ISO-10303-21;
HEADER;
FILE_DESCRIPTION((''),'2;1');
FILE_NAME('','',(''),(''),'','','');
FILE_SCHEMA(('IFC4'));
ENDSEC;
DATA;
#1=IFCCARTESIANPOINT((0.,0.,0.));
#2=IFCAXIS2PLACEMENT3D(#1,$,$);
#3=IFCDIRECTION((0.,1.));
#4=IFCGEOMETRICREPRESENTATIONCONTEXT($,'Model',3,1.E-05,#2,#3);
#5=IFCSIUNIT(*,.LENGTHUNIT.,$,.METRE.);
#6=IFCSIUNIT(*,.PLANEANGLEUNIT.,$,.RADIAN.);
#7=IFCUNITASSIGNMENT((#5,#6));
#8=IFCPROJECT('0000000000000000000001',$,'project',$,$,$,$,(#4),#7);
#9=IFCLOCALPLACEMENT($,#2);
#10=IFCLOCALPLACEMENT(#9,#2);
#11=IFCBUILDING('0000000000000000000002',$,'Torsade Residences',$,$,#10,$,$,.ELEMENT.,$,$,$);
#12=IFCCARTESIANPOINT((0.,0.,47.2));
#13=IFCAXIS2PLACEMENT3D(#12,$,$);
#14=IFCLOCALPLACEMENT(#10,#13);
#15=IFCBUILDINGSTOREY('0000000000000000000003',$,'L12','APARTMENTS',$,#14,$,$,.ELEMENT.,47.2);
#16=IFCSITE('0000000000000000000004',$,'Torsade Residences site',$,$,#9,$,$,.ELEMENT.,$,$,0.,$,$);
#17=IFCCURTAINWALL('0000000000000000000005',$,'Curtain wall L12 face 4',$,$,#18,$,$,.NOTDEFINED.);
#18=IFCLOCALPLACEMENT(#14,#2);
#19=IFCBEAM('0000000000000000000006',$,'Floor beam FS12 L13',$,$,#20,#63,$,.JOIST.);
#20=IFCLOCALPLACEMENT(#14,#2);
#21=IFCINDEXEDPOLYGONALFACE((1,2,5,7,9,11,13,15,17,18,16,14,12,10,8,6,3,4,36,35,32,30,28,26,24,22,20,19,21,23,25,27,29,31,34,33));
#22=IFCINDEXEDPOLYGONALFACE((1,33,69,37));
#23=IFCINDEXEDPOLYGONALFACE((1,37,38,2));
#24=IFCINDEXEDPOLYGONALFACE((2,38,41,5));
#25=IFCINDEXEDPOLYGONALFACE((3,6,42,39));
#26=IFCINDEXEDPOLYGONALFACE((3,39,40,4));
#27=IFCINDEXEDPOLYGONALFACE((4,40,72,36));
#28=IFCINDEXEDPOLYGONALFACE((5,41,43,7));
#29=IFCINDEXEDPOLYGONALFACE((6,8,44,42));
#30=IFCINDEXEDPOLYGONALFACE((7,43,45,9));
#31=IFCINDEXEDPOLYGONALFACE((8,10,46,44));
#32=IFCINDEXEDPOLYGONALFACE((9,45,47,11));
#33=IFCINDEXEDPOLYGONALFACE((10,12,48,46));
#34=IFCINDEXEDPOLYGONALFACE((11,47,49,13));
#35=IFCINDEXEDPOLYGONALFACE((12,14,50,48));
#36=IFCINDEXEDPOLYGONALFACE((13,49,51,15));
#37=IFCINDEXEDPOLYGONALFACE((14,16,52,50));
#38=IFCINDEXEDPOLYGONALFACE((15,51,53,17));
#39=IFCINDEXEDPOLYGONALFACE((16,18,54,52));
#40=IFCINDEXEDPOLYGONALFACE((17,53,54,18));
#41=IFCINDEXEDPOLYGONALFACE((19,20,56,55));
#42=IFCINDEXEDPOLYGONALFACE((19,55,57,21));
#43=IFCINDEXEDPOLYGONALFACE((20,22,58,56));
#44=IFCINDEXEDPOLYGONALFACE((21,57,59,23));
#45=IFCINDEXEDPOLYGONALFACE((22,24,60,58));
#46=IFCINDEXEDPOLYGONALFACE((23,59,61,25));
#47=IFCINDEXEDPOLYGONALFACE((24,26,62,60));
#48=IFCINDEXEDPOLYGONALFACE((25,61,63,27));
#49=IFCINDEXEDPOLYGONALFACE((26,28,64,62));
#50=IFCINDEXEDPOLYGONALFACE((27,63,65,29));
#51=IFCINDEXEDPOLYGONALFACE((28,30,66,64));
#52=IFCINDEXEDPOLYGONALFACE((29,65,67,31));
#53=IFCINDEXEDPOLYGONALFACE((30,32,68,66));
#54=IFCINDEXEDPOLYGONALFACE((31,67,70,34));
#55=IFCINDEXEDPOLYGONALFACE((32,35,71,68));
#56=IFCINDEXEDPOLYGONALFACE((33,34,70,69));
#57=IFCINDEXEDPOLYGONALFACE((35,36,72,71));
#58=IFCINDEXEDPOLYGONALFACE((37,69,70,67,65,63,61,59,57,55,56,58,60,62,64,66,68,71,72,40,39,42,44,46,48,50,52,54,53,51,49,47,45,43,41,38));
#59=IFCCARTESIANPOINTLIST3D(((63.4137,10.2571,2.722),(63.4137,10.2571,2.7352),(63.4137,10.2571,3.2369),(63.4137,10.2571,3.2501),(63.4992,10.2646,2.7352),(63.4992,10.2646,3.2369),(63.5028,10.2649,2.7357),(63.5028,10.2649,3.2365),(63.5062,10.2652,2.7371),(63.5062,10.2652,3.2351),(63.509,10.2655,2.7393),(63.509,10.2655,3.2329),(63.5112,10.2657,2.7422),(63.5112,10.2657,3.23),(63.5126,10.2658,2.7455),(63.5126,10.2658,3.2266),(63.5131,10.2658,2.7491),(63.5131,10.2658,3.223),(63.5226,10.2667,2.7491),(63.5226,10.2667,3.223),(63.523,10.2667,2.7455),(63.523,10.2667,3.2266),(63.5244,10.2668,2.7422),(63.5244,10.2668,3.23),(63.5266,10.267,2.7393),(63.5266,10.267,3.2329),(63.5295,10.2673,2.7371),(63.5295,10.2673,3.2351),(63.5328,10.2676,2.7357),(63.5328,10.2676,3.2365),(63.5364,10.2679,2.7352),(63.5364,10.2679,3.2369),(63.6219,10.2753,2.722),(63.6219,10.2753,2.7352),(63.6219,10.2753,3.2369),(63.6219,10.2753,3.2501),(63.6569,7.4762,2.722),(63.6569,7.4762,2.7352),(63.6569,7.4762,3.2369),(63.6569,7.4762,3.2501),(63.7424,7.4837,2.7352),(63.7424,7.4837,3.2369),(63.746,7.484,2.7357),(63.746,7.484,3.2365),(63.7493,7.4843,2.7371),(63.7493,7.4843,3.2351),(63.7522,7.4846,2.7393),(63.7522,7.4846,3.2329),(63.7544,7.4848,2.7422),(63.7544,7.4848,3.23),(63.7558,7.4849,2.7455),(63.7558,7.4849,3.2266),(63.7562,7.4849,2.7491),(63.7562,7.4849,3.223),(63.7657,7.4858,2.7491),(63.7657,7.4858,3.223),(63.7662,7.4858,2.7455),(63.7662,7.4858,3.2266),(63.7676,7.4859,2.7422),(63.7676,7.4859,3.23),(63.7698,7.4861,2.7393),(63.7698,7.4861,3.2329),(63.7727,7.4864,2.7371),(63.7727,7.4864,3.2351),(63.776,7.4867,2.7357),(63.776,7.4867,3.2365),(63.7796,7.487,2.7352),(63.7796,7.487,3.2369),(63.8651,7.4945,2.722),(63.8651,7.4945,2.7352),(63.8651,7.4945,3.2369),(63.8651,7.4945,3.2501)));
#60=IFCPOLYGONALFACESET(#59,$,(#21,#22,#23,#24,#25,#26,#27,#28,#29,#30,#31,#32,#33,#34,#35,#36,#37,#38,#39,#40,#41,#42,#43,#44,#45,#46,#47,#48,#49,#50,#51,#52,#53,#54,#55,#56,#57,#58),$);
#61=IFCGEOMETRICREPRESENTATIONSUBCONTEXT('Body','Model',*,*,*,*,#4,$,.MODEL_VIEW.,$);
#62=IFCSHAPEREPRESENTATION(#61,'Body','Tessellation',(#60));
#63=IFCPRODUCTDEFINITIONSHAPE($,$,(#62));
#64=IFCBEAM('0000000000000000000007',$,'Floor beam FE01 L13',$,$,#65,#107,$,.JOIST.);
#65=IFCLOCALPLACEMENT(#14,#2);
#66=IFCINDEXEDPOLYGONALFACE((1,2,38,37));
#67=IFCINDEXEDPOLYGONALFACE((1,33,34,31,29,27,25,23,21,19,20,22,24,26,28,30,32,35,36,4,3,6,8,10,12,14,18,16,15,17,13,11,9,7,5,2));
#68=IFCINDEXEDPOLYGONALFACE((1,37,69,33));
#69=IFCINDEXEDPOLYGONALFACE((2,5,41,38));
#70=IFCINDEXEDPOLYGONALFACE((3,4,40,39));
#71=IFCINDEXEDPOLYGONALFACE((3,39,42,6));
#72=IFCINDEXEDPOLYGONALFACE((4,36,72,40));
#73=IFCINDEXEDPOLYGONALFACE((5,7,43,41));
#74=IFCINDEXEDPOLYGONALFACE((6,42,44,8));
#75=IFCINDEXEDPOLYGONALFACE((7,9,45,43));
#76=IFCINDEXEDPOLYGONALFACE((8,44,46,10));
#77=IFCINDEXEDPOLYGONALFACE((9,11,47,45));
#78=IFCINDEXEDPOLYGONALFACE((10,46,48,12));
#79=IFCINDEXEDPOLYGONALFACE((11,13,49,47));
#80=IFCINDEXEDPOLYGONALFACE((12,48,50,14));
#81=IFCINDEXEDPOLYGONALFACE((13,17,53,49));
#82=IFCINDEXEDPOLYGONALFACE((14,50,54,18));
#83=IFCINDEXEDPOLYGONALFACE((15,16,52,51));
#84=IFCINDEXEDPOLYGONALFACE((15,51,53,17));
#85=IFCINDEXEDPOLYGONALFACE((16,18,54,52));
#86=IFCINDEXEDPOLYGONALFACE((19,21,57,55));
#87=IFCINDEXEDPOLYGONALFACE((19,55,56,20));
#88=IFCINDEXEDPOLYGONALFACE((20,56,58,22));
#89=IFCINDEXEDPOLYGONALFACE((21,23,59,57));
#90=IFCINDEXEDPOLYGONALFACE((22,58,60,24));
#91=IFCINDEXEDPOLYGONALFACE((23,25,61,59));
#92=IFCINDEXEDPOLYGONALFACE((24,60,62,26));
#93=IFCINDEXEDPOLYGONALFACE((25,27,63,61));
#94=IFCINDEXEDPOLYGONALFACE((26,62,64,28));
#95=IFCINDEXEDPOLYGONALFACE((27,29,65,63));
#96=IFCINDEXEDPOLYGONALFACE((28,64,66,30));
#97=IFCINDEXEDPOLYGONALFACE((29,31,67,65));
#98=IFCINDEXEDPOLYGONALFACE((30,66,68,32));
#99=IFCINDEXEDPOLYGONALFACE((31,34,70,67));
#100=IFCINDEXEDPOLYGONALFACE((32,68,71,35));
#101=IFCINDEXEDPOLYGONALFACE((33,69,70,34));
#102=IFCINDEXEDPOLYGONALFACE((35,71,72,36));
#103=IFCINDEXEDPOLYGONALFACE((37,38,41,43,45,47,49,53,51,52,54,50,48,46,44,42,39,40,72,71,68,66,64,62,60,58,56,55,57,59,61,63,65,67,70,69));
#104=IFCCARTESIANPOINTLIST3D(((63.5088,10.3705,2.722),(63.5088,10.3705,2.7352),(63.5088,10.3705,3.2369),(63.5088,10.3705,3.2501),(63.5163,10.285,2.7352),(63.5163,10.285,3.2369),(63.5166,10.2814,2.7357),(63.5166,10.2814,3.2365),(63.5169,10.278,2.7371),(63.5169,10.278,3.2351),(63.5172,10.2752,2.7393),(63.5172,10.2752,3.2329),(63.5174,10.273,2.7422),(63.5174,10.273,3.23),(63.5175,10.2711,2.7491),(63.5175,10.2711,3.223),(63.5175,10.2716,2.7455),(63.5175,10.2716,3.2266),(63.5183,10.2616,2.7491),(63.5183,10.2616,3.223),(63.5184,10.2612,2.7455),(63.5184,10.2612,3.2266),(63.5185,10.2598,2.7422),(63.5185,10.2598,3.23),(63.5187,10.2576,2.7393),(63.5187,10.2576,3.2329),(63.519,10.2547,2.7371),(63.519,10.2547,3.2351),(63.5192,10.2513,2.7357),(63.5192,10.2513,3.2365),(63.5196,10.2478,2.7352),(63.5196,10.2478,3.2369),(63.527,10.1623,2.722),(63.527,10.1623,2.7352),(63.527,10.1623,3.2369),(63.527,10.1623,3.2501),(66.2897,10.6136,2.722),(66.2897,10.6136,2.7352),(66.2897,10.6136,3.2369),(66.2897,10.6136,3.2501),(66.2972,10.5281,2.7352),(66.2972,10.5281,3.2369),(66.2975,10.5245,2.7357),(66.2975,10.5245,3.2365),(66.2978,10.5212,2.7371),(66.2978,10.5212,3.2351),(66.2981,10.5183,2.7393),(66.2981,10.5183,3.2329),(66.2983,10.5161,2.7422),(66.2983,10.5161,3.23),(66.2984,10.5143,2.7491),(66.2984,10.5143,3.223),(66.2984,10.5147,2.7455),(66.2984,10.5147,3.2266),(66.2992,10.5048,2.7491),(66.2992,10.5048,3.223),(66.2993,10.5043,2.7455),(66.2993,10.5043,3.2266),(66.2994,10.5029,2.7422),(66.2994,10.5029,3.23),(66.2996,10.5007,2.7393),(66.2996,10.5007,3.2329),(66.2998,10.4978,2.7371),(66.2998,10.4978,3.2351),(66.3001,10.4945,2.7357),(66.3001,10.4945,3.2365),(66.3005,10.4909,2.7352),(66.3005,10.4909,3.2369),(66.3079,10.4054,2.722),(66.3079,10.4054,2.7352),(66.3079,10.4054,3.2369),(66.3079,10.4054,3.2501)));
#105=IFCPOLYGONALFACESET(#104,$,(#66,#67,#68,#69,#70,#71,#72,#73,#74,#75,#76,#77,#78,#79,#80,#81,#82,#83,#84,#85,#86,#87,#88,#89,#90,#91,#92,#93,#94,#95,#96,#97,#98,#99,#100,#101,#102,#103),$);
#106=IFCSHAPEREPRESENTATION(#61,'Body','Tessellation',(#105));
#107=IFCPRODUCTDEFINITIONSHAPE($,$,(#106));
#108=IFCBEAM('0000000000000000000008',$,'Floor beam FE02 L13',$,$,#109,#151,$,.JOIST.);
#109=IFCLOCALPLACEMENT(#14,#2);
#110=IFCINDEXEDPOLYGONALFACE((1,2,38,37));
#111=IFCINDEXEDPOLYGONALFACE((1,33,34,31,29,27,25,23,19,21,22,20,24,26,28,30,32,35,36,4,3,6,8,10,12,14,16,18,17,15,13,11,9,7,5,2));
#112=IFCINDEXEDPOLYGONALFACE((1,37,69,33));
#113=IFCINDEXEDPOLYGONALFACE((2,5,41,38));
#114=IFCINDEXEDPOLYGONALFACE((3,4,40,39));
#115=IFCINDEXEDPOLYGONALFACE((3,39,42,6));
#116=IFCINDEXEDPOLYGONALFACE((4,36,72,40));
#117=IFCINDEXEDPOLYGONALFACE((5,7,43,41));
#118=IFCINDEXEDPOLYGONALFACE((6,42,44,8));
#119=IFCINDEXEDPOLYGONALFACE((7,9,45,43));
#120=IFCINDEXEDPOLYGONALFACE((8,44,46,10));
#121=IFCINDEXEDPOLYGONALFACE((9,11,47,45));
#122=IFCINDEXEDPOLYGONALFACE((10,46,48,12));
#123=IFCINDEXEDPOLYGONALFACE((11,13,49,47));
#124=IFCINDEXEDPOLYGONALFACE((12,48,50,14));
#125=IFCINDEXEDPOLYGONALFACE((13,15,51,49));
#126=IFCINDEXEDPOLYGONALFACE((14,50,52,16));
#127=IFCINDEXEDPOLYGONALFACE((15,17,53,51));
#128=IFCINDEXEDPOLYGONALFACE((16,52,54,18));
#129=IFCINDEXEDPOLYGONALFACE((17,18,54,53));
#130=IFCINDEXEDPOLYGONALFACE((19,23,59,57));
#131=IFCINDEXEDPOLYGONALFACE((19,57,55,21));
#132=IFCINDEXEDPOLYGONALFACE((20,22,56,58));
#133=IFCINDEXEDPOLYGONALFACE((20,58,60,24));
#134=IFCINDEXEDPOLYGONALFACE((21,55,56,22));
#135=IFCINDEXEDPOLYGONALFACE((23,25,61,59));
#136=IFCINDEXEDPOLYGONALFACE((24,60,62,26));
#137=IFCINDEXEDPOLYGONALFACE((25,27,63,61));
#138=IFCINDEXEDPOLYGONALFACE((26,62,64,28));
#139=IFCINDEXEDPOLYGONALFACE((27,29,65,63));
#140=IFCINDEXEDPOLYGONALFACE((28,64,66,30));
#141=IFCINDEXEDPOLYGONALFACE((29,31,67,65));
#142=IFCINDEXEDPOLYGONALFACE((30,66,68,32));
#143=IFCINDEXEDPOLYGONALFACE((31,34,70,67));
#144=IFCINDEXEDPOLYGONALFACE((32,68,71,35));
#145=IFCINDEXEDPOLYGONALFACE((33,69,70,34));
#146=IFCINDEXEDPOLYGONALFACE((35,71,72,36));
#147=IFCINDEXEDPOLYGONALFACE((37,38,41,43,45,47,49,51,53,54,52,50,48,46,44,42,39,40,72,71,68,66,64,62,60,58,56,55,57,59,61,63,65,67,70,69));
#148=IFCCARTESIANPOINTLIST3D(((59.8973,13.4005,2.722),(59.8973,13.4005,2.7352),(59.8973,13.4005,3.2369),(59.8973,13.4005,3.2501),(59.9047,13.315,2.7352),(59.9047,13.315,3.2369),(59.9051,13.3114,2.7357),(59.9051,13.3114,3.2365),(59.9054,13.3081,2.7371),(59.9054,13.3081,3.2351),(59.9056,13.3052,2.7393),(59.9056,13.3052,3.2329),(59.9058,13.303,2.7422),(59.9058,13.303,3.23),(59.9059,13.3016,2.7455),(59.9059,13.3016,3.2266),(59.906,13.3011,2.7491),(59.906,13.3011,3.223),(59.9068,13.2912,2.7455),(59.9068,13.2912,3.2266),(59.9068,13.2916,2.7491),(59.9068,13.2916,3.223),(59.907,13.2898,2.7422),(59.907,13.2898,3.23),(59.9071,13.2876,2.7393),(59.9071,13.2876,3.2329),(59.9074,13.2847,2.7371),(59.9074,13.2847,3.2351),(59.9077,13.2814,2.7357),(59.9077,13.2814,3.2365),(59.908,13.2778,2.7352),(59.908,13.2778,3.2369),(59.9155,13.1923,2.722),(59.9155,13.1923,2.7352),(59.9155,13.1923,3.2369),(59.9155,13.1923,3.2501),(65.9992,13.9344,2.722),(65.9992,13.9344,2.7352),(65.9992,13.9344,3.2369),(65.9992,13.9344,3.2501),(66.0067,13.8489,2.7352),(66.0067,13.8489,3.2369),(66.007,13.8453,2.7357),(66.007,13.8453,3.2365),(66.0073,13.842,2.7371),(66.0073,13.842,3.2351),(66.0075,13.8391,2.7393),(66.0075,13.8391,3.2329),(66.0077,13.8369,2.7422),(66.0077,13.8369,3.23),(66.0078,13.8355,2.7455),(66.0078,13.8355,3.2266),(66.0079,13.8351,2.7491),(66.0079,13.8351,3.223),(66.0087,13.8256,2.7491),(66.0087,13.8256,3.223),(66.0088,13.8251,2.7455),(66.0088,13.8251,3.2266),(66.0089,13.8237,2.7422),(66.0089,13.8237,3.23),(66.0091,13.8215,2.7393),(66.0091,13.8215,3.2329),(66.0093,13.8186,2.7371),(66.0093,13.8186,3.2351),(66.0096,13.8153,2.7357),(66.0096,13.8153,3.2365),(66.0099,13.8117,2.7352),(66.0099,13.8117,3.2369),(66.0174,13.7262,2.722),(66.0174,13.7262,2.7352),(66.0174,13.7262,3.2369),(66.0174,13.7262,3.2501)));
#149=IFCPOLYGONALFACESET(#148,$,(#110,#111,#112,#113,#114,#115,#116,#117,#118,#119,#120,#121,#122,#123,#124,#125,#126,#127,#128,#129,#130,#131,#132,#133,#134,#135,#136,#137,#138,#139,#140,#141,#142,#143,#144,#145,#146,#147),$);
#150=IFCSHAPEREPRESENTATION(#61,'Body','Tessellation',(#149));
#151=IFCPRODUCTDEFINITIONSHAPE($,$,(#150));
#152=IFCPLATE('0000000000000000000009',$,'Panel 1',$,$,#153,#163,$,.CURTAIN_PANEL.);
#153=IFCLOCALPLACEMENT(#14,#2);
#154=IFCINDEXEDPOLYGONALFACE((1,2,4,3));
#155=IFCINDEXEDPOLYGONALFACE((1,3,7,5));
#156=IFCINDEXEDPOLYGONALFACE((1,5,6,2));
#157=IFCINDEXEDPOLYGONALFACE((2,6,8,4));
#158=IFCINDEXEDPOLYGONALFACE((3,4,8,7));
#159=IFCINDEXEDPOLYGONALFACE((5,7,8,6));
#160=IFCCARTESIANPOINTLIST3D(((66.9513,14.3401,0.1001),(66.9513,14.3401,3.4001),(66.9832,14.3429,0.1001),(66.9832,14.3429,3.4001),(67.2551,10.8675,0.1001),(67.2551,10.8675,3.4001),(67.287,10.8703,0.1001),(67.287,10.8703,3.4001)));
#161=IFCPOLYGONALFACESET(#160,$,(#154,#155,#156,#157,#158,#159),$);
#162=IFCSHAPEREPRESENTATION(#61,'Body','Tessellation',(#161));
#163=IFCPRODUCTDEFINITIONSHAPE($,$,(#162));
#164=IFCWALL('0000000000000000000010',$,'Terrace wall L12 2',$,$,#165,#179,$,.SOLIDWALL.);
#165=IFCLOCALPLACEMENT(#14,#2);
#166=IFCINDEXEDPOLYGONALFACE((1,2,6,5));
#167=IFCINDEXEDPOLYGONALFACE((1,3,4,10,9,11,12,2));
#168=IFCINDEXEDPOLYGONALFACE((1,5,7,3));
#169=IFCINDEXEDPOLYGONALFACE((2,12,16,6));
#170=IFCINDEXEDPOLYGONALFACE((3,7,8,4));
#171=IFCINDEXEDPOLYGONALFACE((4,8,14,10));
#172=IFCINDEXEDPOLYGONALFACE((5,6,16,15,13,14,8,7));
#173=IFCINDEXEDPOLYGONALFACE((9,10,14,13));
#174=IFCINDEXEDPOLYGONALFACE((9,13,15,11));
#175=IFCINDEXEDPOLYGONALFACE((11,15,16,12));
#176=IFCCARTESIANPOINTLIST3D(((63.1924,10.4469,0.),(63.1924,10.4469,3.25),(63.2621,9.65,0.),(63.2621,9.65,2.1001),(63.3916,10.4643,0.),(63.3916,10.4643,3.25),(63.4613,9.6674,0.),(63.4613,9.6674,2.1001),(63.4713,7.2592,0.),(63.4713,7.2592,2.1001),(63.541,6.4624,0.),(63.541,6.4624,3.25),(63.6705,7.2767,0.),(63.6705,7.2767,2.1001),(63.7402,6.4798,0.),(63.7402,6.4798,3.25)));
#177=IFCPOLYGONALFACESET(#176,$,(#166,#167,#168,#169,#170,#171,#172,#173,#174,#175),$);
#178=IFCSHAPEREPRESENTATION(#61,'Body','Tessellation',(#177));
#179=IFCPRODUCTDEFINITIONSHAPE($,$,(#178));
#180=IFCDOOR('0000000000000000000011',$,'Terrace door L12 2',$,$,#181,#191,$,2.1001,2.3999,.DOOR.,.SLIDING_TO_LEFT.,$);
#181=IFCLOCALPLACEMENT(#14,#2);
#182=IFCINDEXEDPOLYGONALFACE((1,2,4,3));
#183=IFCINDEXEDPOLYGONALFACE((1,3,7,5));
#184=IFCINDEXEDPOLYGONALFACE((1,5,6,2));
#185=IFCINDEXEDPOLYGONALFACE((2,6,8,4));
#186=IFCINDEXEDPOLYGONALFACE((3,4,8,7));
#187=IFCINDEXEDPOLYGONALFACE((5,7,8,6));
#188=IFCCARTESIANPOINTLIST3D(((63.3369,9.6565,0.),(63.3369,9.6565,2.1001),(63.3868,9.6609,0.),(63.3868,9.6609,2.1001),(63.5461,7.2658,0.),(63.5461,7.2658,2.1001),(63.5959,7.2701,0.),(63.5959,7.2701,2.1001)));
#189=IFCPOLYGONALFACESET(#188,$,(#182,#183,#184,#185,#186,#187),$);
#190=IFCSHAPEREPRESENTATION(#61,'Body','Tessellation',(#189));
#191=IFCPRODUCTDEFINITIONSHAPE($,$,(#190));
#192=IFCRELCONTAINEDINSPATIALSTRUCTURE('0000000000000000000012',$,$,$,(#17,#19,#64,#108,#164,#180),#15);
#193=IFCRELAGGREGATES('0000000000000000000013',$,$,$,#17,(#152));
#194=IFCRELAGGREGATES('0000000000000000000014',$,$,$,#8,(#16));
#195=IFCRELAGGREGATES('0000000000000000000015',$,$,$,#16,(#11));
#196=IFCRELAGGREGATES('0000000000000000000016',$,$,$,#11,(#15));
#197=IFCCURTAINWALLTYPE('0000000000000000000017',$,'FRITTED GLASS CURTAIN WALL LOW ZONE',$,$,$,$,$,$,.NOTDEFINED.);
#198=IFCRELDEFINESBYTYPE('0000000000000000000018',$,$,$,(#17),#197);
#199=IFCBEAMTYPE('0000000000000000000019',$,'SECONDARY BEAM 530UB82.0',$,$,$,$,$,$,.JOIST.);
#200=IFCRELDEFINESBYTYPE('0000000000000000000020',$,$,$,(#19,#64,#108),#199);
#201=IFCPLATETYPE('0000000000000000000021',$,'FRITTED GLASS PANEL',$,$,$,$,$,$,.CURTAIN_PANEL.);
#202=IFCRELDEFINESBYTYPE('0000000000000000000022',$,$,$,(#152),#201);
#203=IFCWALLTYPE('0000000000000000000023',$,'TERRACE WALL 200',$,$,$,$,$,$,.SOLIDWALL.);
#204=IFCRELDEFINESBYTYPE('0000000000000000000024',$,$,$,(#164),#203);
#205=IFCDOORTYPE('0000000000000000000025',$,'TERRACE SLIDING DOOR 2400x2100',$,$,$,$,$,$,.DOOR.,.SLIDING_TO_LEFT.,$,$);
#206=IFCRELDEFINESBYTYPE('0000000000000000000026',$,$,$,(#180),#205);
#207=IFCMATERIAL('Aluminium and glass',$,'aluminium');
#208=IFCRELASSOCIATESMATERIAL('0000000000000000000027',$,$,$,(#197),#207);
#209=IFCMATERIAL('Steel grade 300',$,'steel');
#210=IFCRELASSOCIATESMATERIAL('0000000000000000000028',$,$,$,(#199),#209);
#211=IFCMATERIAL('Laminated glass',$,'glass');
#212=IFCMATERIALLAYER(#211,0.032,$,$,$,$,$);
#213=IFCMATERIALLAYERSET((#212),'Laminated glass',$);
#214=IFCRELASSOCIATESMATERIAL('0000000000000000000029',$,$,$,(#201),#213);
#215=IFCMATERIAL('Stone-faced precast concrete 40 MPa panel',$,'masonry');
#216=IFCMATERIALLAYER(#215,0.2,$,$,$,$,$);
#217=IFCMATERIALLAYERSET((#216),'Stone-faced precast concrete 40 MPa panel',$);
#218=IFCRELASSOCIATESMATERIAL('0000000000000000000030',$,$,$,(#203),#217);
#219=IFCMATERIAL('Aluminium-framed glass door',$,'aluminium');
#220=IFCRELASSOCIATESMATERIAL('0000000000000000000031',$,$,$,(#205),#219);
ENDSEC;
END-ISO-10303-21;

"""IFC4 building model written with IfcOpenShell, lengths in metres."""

from ifc_helpers import new_model, si_unit, direction, frame, frame_2d, origin, origin_2d, place, context, subcontext, project, spatial, rectangle, i_section, extrude, material, layer, layer_set, material_profile, profile_set, type_object, element, fill, aggregate, save


model = new_model("IFC4")

# Units and contexts
model_context = context("Model", 3, precision=1e-05, world=origin(), true_north=direction((0.0, 1.0)))
body_context = subcontext(model_context, "Body", "Model", "MODEL_VIEW")
ifc_project = project(units=[si_unit("LENGTHUNIT", "METRE"), si_unit("PLANEANGLEUNIT", "RADIAN")], contexts=[model_context])

# Site, building, storey
site_placement = place(None, origin())
site = spatial("IfcSite", under=ifc_project, at=site_placement, Name="Torsade Residences site", CompositionType="ELEMENT", RefElevation=0.0)
building_placement = place(site_placement, origin())
building = spatial("IfcBuilding", under=site, at=building_placement, Name="Torsade Residences", CompositionType="ELEMENT")
storey_placement = place(building_placement, frame((0.0, 0.0, 47.2)))
storey = spatial("IfcBuildingStorey", under=building, at=storey_placement, Name="L12", Description="APARTMENTS", CompositionType="ELEMENT", Elevation=47.2)

# Shared definitions
ifc_material_1 = material(Name="Aluminium and glass", Category="aluminium")
curtain_wall_type = type_object("IfcCurtainWallType", Name="FRITTED GLASS CURTAIN WALL LOW ZONE", PredefinedType="NOTDEFINED", material=ifc_material_1)

# Curtain wall
curtain_wall_1_placement = place(storey_placement, origin())
curtain_wall_1 = element("IfcCurtainWall", 1, at=curtain_wall_1_placement, inside=storey, type_object=curtain_wall_type, Name="Curtain wall L12 face 4", PredefinedType="NOTDEFINED")

# Beams
ifc_material_2 = material(Name="Steel grade 300", Category="steel")
ifc_material_profile_1 = material_profile(ifc_material_2, i_section(OverallWidth=0.209, OverallDepth=0.5281, WebThickness=0.0095, FlangeThickness=0.0132, FilletRadius=0.0139, at=origin_2d()), Name="530UB82.0")
ifc_profile_set_1 = profile_set([ifc_material_profile_1], Name="Steel grade 300")
beam_type_1 = type_object("IfcBeamType", Name="SECONDARY BEAM 530UB82.0", PredefinedType="JOIST", material=ifc_profile_set_1)
for number, where, z_axis, x_axis, name in (
    (2, (63.761, 7.4854, 2.9861), (-0.087105, 0.996199, 0.0), (-0.996199, -0.087105, 0.0), "Floor beam FS12 L13"),
    (3, (66.2988, 10.5095, 2.9861), (-0.996199, -0.087105, 0.0), (0.087105, -0.996199, 0.0), "Floor beam FE01 L13"),
):
    element("IfcBeam", number, at=place(storey_placement, frame(where, z_axis=z_axis, x_axis=x_axis)), inside=storey, type_object=beam_type_1, Name=name, PredefinedType="JOIST", context=body_context, shape_type="SweptSolid", body=[
        extrude(i_section(OverallWidth=0.209, OverallDepth=0.5281, WebThickness=0.0095, FlangeThickness=0.0132, FilletRadius=0.0139, at=origin_2d()), origin(), (0.0, 0.0, 1.0), 2.7915),
    ])
beam_1_placement = place(storey_placement, frame((66.0083, 13.8303, 2.9861), z_axis=(-0.996193, -0.087171, 0.0), x_axis=(0.087171, -0.996193, 0.0)))
element("IfcBeam", 4, at=beam_1_placement, inside=storey, type_object=beam_type_1, Name="Floor beam FE02 L13", PredefinedType="JOIST", context=body_context, shape_type="SweptSolid", body=[
    extrude(i_section(OverallWidth=0.209, OverallDepth=0.5281, WebThickness=0.0095, FlangeThickness=0.0132, FilletRadius=0.0139, at=origin_2d()), origin(), (0.0, 0.0, 1.0), 6.1252),
])

# Plate
ifc_material_3 = material(Name="Laminated glass", Category="glass")
ifc_layer_1 = layer(ifc_material_3, 0.032)
ifc_layer_set_1 = layer_set([ifc_layer_1], Name="Laminated glass")
plate_type = type_object("IfcPlateType", Name="FRITTED GLASS PANEL", PredefinedType="CURTAIN_PANEL", material=ifc_layer_set_1)
plate_placement = place(storey_placement, frame((67.1191, 12.6052, 0.1001), z_axis=(0.0, 0.0, 1.0), x_axis=(-0.087156, 0.996195, 0.0)))
plate = element("IfcPlate", 5, at=plate_placement, type_object=plate_type, Name="Panel 1", PredefinedType="CURTAIN_PANEL", context=body_context, shape_type="SweptSolid", body=[
    extrude(rectangle(XDim=3.4858, YDim=0.032, at=origin_2d()), origin(), (0.0, 0.0, 1.0), 3.3),
])
aggregate(curtain_wall_1, [plate])

# Wall, opening, door
ifc_material_4 = material(Name="Stone-faced precast concrete 40 MPa panel", Category="masonry")
ifc_layer_2 = layer(ifc_material_4, 0.2)
ifc_layer_set_2 = layer_set([ifc_layer_2], Name="Stone-faced precast concrete 40 MPa panel")
wall_type = type_object("IfcWallType", Name="TERRACE WALL 200", PredefinedType="SOLIDWALL", material=ifc_layer_set_2)
wall_1_placement = place(storey_placement, frame((63.6406, 6.4709, 0.0), z_axis=(0.0, 0.0, 1.0), x_axis=(-0.087162, 0.996194, 0.0)))
wall_1 = element("IfcWall", 6, at=wall_1_placement, inside=storey, type_object=wall_type, Name="Terrace wall L12 2", PredefinedType="SOLIDWALL", context=body_context, shape_type="SweptSolid", body=[
    extrude(rectangle(XDim=3.9998, YDim=0.2, at=frame_2d((2.0, 0.0))), origin(), (0.0, 0.0, 1.0), 3.25),
])
opening_1_placement = place(wall_1_placement, frame((0.8, 0.0, 0.0)))
opening_1 = element("IfcOpeningElement", 7, at=opening_1_placement, cuts=wall_1, PredefinedType="OPENING", context=body_context, shape_type="SweptSolid", body=[
    extrude(rectangle(XDim=2.3999, YDim=2.1001, at=frame_2d((1.2, 1.05))), frame((0.0, 0.1099, 0.0), z_axis=(0.0, -1.0, 0.0), x_axis=(1.0, 0.0, 0.0)), (0.0, 0.0, 1.0), 0.22),
])
ifc_material_5 = material(Name="Aluminium-framed glass door", Category="aluminium")
door_type = type_object("IfcDoorType", Name="TERRACE SLIDING DOOR 2400x2100", OperationType="SLIDING_TO_LEFT", PredefinedType="DOOR", material=ifc_material_5)
door_placement = place(opening_1_placement, origin())
door = element("IfcDoor", 8, at=door_placement, inside=storey, type_object=door_type, Name="Terrace door L12 2", OperationType="SLIDING_TO_LEFT", OverallHeight=2.1001, OverallWidth=2.3999, PredefinedType="DOOR", context=body_context, shape_type="SweptSolid", body=[
    extrude(rectangle(XDim=2.3999, YDim=2.1001, at=frame_2d((1.2, 1.05))), frame((0.0, 0.0249, 0.0), z_axis=(0.0, -1.0, 0.0), x_axis=(1.0, 0.0, 0.0)), (0.0, 0.0, 1.0), 0.05),
])
fill(opening_1, door)

save(model, "model.ifc")
